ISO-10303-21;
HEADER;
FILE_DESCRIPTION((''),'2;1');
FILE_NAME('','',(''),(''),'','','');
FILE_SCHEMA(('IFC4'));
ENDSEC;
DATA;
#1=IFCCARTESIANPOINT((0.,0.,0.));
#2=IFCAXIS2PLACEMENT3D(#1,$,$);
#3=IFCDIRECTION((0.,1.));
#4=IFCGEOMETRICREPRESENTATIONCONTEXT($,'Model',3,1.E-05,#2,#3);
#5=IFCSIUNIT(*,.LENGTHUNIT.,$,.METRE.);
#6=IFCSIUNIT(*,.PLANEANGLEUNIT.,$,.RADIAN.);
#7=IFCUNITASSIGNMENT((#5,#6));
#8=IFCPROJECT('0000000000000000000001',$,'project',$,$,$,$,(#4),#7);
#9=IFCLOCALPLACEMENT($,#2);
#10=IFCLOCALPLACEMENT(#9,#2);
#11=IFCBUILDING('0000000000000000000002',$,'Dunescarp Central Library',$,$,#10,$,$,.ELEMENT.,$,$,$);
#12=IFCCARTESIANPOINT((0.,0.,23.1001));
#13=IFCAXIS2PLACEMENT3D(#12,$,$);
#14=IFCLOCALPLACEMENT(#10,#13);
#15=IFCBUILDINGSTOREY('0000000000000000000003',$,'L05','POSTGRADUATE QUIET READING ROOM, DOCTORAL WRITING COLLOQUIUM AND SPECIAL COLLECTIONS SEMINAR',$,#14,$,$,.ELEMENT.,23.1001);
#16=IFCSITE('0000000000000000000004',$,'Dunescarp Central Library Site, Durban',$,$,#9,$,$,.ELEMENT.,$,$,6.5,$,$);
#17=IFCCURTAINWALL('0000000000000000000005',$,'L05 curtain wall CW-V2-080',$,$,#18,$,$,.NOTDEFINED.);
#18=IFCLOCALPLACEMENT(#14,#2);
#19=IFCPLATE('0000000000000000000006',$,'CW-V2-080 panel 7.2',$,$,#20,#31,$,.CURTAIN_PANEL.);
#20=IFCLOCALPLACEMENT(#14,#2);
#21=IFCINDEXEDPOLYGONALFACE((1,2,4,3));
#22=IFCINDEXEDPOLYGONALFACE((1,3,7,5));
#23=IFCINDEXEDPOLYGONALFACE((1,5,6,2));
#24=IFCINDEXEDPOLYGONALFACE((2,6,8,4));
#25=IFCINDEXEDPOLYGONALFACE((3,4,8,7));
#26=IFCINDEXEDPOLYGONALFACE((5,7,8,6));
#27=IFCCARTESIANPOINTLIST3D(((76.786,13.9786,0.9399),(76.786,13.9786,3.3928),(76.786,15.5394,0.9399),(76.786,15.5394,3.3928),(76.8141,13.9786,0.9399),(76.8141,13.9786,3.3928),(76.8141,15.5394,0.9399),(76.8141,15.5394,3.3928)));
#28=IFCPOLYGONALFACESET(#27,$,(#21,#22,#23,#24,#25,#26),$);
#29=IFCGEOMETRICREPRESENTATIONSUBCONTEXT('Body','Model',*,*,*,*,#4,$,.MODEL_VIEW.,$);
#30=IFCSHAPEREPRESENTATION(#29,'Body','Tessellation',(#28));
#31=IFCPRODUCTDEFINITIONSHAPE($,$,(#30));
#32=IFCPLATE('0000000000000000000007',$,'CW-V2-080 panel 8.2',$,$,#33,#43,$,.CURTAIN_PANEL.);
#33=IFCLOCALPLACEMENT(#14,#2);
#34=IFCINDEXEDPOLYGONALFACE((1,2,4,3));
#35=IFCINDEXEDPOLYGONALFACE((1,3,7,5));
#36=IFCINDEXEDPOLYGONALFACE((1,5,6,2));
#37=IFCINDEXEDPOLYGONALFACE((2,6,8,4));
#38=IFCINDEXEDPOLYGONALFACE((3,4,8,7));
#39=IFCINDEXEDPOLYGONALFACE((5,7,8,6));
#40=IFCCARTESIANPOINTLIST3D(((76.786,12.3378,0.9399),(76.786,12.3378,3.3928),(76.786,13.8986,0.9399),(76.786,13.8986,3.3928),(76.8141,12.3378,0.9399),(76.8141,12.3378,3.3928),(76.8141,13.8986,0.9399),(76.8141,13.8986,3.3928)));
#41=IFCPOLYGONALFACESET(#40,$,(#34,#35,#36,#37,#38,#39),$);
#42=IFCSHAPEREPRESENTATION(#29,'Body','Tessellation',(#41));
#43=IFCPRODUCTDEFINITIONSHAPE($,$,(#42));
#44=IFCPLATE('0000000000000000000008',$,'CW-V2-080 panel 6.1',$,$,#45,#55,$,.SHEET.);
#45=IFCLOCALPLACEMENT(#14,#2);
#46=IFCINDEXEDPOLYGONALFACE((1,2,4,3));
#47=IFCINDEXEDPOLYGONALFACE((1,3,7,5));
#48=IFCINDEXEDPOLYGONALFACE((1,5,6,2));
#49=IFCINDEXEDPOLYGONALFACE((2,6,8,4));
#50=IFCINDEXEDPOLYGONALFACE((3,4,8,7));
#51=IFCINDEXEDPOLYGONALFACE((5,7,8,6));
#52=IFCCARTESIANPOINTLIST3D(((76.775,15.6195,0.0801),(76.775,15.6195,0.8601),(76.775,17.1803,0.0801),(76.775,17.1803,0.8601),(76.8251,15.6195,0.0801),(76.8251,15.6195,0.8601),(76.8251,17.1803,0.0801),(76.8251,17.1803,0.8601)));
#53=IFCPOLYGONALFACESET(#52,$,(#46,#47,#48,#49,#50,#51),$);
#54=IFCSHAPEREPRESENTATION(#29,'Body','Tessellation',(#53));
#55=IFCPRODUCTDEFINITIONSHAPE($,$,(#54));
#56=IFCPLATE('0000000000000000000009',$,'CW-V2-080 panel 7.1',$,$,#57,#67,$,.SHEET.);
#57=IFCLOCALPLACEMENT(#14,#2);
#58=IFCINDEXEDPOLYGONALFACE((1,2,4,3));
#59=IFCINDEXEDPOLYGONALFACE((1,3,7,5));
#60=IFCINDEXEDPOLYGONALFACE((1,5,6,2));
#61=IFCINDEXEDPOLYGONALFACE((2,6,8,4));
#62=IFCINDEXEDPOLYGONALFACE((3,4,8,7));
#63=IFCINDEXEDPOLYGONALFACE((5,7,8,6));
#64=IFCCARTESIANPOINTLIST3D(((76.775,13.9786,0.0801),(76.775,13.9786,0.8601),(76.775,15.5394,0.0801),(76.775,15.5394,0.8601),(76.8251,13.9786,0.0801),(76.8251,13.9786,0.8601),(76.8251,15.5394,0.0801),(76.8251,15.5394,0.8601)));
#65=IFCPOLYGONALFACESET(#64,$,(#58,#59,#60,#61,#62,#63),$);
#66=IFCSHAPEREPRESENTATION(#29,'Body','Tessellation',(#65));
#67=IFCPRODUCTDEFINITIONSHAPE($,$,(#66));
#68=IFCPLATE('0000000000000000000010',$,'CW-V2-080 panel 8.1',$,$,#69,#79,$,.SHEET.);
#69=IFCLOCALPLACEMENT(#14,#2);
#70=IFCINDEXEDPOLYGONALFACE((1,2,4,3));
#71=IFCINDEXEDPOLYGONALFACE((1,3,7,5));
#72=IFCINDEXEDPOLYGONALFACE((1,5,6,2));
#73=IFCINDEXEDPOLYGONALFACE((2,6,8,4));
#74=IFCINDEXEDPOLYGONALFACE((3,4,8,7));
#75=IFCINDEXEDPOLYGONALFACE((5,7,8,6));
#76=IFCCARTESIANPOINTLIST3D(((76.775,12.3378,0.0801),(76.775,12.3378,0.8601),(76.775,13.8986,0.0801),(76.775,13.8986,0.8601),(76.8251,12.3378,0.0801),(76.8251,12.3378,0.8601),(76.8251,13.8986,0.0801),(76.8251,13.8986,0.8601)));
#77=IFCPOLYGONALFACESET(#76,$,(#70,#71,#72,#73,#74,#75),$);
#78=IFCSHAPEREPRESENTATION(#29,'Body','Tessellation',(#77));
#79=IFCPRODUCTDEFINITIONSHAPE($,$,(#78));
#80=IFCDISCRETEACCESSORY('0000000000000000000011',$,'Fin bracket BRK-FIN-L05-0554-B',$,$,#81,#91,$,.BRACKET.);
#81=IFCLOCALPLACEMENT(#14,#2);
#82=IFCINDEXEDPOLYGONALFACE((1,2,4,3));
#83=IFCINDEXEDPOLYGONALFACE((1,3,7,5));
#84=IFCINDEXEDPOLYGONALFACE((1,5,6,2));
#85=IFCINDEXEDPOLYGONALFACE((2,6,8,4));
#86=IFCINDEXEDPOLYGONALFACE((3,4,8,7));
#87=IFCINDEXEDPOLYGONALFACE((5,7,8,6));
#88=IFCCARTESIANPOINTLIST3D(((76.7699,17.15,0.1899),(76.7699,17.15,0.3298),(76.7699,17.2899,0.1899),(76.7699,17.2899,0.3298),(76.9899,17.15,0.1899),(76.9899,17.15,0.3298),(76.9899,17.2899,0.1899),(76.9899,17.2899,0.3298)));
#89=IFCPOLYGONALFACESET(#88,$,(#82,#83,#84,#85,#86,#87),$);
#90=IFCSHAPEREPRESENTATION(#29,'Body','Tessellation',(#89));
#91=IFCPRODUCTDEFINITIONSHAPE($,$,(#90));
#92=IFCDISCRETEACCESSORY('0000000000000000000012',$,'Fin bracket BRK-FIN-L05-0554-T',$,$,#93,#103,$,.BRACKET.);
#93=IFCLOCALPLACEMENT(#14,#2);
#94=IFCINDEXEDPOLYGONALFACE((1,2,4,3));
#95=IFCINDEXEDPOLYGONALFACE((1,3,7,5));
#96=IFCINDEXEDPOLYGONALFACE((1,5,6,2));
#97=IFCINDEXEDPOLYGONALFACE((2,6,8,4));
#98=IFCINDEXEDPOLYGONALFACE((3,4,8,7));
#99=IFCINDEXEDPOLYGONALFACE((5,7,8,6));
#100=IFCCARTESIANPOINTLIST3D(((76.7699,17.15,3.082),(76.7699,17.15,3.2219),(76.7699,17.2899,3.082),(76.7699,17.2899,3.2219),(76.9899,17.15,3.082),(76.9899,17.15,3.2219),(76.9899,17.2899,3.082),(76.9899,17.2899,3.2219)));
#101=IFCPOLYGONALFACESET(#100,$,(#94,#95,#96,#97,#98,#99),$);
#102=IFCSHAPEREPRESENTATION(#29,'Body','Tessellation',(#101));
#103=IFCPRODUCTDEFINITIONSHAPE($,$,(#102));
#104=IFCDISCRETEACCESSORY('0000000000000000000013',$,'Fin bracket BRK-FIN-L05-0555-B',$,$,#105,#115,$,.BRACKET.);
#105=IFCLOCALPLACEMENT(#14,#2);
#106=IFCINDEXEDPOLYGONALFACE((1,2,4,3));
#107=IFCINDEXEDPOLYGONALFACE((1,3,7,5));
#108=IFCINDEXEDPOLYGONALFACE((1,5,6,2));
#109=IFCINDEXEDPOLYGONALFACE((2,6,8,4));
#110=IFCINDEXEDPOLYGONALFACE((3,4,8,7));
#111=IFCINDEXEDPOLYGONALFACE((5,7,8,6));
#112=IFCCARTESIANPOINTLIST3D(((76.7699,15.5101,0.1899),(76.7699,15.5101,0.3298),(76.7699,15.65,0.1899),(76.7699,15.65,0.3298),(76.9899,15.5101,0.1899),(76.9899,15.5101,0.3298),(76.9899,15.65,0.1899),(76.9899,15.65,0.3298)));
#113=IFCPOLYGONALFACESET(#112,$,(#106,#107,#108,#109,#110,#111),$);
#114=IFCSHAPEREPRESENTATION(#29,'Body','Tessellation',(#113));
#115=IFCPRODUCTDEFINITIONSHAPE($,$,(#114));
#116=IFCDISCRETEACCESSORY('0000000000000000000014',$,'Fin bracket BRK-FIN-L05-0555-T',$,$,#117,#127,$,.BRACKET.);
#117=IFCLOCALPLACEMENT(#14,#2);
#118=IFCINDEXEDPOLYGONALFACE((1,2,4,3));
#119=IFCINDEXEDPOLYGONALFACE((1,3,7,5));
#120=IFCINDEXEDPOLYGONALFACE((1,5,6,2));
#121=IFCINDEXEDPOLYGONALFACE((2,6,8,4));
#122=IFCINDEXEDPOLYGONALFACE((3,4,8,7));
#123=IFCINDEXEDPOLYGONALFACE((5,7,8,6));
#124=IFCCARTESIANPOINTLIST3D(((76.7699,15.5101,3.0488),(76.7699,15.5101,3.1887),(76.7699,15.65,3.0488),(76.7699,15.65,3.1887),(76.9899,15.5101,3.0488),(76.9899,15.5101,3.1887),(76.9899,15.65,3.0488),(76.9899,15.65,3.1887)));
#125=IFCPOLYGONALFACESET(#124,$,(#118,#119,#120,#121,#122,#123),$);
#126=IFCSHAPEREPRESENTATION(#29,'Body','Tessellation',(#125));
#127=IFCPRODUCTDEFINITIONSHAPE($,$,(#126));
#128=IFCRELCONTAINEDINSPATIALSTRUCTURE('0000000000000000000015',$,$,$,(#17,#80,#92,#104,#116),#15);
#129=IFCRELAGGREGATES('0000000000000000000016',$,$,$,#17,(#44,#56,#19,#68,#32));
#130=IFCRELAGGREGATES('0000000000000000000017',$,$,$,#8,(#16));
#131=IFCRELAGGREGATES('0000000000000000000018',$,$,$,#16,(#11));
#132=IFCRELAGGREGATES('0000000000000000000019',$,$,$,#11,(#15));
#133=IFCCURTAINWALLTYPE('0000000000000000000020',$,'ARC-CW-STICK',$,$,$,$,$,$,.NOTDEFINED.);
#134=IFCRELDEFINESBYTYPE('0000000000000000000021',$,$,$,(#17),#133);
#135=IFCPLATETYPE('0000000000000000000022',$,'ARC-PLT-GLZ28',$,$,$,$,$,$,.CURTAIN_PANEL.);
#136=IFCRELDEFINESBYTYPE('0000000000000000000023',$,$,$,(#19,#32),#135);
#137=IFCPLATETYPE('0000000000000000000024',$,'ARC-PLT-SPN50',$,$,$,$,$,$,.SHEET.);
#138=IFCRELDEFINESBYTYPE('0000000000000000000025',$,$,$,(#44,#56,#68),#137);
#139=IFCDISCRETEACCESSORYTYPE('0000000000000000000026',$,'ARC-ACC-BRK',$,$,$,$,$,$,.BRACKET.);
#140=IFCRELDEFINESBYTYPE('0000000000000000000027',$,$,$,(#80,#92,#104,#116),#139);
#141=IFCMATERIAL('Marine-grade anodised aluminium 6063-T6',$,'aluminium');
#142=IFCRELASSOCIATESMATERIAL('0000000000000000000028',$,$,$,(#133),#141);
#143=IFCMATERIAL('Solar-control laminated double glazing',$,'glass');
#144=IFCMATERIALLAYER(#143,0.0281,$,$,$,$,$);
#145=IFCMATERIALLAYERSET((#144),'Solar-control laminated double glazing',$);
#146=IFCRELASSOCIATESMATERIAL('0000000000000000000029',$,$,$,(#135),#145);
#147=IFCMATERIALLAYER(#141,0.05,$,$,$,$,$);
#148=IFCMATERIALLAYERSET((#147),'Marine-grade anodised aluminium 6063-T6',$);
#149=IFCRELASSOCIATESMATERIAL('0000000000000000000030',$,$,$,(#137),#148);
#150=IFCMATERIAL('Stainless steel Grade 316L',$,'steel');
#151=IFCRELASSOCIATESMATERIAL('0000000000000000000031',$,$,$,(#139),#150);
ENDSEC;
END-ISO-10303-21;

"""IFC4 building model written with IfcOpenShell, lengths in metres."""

from ifc_helpers import new_model, si_unit, direction, frame, origin, origin_2d, place, context, subcontext, project, spatial, rectangle, extrude, material, layer, layer_set, type_object, element, aggregate, save


model = new_model("IFC4")

# Units and contexts
model_context = context("Model", 3, precision=1e-05, world=origin(), true_north=direction((0.0, 1.0)))
body_context = subcontext(model_context, "Body", "Model", "MODEL_VIEW")
ifc_project = project(units=[si_unit("LENGTHUNIT", "METRE"), si_unit("PLANEANGLEUNIT", "RADIAN")], contexts=[model_context])

# Site, building, storey
site_placement = place(None, origin())
site = spatial("IfcSite", under=ifc_project, at=site_placement, Name="Dunescarp Central Library Site, Durban", CompositionType="ELEMENT", RefElevation=6.5)
building_placement = place(site_placement, origin())
building = spatial("IfcBuilding", under=site, at=building_placement, Name="Dunescarp Central Library", CompositionType="ELEMENT")
storey_placement = place(building_placement, frame((0.0, 0.0, 23.1001)))
storey = spatial("IfcBuildingStorey", under=building, at=storey_placement, Name="L05", Description="POSTGRADUATE QUIET READING ROOM, DOCTORAL WRITING COLLOQUIUM AND SPECIAL COLLECTIONS SEMINAR", CompositionType="ELEMENT", Elevation=23.1001)

# Curtain wall
ifc_material_1 = material(Name="Marine-grade anodised aluminium 6063-T6", Category="aluminium")
curtain_wall_type = type_object("IfcCurtainWallType", Name="ARC-CW-STICK", PredefinedType="NOTDEFINED", material=ifc_material_1)
curtain_wall_placement = place(storey_placement, origin())
curtain_wall = element("IfcCurtainWall", 1, at=curtain_wall_placement, inside=storey, type_object=curtain_wall_type, Name="L05 curtain wall CW-V2-080", PredefinedType="NOTDEFINED")

# Plates
ifc_material_2 = material(Name="Solar-control laminated double glazing", Category="glass")
ifc_layer_1 = layer(ifc_material_2, 0.0281)
ifc_layer_set_1 = layer_set([ifc_layer_1], Name="Solar-control laminated double glazing")
plate_type_1 = type_object("IfcPlateType", Name="ARC-PLT-GLZ28", PredefinedType="CURTAIN_PANEL", material=ifc_layer_set_1)
plate_1_placement = place(storey_placement, frame((76.8, 14.759, 0.9399), z_axis=(0.0, 0.0, 1.0), x_axis=(0.0, -1.0, 0.0)))
plate_1 = element("IfcPlate", 2, at=plate_1_placement, type_object=plate_type_1, Name="CW-V2-080 panel 7.2", PredefinedType="CURTAIN_PANEL", context=body_context, shape_type="SweptSolid", body=[
    extrude(rectangle(XDim=1.5608, YDim=0.0281, at=origin_2d()), origin(), (0.0, 0.0, 1.0), 2.4529),
])
plate_2_placement = place(storey_placement, frame((76.8, 13.1182, 0.9399), z_axis=(0.0, 0.0, 1.0), x_axis=(0.0, -1.0, 0.0)))
plate_2 = element("IfcPlate", 3, at=plate_2_placement, type_object=plate_type_1, Name="CW-V2-080 panel 8.2", PredefinedType="CURTAIN_PANEL", context=body_context, shape_type="SweptSolid", body=[
    extrude(rectangle(XDim=1.5608, YDim=0.0281, at=origin_2d()), origin(), (0.0, 0.0, 1.0), 2.4529),
])
ifc_layer_2 = layer(ifc_material_1, 0.05)
ifc_layer_set_2 = layer_set([ifc_layer_2], Name="Marine-grade anodised aluminium 6063-T6")
plate_type_2 = type_object("IfcPlateType", Name="ARC-PLT-SPN50", PredefinedType="SHEET", material=ifc_layer_set_2)
plate_3_placement = place(storey_placement, frame((76.8, 16.3999, 0.0801), z_axis=(0.0, 0.0, 1.0), x_axis=(0.0, -1.0, 0.0)))
plate_3 = element("IfcPlate", 4, at=plate_3_placement, type_object=plate_type_2, Name="CW-V2-080 panel 6.1", PredefinedType="SHEET", context=body_context, shape_type="SweptSolid", body=[
    extrude(rectangle(XDim=1.5608, YDim=0.05, at=origin_2d()), origin(), (0.0, 0.0, 1.0), 0.78),
])
plate_4_placement = place(storey_placement, frame((76.8, 14.759, 0.0801), z_axis=(0.0, 0.0, 1.0), x_axis=(0.0, -1.0, 0.0)))
plate_4 = element("IfcPlate", 5, at=plate_4_placement, type_object=plate_type_2, Name="CW-V2-080 panel 7.1", PredefinedType="SHEET", context=body_context, shape_type="SweptSolid", body=[
    extrude(rectangle(XDim=1.5608, YDim=0.05, at=origin_2d()), origin(), (0.0, 0.0, 1.0), 0.78),
])
plate_5_placement = place(storey_placement, frame((76.8, 13.1182, 0.0801), z_axis=(0.0, 0.0, 1.0), x_axis=(0.0, -1.0, 0.0)))
plate_5 = element("IfcPlate", 6, at=plate_5_placement, type_object=plate_type_2, Name="CW-V2-080 panel 8.1", PredefinedType="SHEET", context=body_context, shape_type="SweptSolid", body=[
    extrude(rectangle(XDim=1.5608, YDim=0.05, at=origin_2d()), origin(), (0.0, 0.0, 1.0), 0.78),
])
aggregate(curtain_wall, [plate_3, plate_4, plate_1, plate_5, plate_2])

# Discrete accessories
ifc_material_3 = material(Name="Stainless steel Grade 316L", Category="steel")
discrete_accessory_type = type_object("IfcDiscreteAccessoryType", Name="ARC-ACC-BRK", PredefinedType="BRACKET", material=ifc_material_3)
for number, where, z_axis, x_axis, name in (
    (7, (76.8799, 17.22, 0.1899), (0.0, 0.0, 1.0), (1.0, 0.0, 0.0), "Fin bracket BRK-FIN-L05-0554-B"),
    (8, (76.8799, 17.22, 3.082), (0.0, 0.0, 1.0), (1.0, 0.0, 0.0), "Fin bracket BRK-FIN-L05-0554-T"),
    (9, (76.8799, 15.5801, 0.1899), (0.0, 0.0, 1.0), (1.0, 0.0, 0.0), "Fin bracket BRK-FIN-L05-0555-B"),
    (10, (76.8799, 15.5801, 3.0488), (0.0, 0.0, 1.0), (1.0, 0.0, 0.0), "Fin bracket BRK-FIN-L05-0555-T"),
):
    element("IfcDiscreteAccessory", number, at=place(storey_placement, frame(where, z_axis=z_axis, x_axis=x_axis)), inside=storey, type_object=discrete_accessory_type, Name=name, PredefinedType="BRACKET", context=body_context, shape_type="SweptSolid", body=[
        extrude(rectangle(XDim=0.22, YDim=0.1399, at=origin_2d()), origin(), (0.0, 0.0, 1.0), 0.1399),
    ])

save(model, "model.ifc")
